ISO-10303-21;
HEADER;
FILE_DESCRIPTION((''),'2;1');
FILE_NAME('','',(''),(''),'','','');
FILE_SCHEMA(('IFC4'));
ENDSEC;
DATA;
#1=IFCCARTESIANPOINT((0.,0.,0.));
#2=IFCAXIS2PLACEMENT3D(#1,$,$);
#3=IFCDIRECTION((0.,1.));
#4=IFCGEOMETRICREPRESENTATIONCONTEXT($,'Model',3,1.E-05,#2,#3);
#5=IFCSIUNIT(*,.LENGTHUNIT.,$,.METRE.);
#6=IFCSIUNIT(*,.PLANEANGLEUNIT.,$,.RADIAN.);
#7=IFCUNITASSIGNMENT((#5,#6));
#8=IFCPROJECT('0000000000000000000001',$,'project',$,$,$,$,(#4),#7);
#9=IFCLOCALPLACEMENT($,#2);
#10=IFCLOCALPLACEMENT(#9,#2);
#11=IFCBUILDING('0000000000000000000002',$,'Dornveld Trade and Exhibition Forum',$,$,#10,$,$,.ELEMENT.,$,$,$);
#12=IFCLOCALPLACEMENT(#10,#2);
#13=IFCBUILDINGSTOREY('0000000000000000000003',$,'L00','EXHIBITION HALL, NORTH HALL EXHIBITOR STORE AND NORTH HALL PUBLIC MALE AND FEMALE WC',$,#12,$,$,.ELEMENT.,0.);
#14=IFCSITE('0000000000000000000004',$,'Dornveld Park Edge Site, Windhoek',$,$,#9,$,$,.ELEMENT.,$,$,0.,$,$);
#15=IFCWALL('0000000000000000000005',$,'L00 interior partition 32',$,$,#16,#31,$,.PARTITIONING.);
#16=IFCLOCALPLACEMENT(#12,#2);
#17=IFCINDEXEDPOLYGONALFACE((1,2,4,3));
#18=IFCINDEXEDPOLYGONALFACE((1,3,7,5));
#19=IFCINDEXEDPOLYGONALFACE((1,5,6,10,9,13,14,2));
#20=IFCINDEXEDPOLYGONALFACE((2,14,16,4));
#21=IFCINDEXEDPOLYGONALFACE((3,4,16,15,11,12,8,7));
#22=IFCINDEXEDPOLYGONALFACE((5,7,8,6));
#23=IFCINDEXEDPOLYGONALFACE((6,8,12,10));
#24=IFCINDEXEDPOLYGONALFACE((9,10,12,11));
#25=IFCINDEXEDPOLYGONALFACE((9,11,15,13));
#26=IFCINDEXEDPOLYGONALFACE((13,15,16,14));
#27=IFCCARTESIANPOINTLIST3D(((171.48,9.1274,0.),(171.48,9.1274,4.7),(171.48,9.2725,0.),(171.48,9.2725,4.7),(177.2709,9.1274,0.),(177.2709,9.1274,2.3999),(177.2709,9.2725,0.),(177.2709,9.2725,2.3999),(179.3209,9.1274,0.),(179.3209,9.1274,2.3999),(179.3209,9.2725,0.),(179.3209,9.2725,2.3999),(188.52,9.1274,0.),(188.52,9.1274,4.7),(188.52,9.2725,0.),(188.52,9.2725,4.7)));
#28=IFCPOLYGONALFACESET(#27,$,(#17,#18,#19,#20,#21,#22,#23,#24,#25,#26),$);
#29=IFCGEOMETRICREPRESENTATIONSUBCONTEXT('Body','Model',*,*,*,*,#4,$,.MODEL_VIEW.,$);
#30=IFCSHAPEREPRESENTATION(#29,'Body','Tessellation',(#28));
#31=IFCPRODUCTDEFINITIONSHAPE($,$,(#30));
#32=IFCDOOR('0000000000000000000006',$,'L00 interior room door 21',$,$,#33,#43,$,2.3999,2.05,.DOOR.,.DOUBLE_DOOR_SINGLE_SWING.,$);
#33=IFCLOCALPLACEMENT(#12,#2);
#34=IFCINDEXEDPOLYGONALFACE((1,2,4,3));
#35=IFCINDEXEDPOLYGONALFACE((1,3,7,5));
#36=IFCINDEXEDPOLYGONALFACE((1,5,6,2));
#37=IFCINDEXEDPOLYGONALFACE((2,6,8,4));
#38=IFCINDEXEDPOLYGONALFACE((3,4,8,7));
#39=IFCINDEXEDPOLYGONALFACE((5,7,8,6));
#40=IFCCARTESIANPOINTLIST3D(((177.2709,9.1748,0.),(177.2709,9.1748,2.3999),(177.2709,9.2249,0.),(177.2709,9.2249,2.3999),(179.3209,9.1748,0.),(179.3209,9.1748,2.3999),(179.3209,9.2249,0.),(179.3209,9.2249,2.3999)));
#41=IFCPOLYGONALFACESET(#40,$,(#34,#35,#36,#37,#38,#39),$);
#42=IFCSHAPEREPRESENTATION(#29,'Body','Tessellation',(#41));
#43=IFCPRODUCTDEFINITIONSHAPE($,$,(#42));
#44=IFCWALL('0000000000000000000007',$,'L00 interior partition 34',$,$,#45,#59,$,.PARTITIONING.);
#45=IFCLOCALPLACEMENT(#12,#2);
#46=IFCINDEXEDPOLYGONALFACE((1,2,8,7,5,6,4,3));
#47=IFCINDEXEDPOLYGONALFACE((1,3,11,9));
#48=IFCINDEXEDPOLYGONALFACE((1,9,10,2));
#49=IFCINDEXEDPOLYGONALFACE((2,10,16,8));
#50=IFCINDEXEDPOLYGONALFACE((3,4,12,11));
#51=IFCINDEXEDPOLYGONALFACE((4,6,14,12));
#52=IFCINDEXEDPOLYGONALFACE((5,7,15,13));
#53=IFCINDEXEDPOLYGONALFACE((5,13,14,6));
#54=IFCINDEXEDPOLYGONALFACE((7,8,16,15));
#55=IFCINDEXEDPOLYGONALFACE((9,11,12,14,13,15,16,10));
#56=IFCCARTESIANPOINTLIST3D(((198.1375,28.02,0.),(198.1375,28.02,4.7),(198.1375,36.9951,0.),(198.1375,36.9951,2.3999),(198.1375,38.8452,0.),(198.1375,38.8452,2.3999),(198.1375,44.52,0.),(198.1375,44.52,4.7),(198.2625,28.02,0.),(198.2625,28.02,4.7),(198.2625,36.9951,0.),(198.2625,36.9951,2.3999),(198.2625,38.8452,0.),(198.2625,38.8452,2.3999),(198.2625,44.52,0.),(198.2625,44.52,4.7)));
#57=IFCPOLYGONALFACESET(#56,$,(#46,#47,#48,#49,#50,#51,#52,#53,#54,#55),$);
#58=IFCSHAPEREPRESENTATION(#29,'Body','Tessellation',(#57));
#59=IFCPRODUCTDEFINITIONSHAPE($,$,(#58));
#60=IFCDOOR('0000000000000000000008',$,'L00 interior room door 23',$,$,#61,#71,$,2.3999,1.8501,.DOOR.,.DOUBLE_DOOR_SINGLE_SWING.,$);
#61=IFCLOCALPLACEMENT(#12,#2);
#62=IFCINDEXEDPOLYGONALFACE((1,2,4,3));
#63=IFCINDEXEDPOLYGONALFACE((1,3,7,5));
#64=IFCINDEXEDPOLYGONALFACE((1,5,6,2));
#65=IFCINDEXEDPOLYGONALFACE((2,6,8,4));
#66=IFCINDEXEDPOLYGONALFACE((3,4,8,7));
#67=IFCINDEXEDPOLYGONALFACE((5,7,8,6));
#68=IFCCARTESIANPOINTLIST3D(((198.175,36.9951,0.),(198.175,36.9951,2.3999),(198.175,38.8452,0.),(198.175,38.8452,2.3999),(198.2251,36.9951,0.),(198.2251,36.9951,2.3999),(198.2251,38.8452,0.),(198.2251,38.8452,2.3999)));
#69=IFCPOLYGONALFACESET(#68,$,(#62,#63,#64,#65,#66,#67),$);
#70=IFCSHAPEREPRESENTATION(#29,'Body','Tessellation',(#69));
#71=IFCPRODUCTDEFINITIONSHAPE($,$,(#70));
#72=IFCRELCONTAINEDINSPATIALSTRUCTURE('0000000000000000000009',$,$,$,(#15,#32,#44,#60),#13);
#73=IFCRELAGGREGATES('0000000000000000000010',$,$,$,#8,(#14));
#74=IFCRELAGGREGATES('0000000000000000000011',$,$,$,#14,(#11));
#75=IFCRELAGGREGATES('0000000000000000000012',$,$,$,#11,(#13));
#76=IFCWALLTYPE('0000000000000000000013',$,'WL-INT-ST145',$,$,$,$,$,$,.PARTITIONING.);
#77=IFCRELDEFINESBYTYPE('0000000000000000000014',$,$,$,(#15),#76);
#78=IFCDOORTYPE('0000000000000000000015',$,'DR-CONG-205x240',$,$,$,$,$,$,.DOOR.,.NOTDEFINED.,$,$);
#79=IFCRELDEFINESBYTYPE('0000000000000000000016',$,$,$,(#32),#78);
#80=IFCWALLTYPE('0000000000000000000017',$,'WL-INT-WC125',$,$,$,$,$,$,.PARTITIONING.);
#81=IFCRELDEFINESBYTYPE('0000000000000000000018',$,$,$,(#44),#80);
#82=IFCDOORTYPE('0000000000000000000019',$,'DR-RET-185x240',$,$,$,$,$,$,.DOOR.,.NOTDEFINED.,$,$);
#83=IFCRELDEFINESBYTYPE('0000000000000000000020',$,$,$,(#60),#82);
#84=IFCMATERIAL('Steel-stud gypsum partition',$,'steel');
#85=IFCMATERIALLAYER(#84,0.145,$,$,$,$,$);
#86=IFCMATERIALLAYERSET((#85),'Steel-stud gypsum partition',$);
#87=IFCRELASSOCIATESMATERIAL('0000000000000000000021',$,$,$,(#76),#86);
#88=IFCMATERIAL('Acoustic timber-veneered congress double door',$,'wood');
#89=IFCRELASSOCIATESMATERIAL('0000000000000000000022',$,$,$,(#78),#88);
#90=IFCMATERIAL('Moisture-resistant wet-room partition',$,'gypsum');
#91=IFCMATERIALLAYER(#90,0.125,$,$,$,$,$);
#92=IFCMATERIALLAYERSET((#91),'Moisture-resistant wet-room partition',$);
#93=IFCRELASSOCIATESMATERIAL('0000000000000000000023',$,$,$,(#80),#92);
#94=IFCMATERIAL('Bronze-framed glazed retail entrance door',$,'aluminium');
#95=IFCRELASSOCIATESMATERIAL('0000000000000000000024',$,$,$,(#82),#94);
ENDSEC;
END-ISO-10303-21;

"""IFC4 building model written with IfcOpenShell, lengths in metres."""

from ifc_helpers import new_model, si_unit, direction, frame, frame_2d, origin, place, context, subcontext, project, spatial, rectangle, extrude, material, layer, layer_set, type_object, element, fill, save


model = new_model("IFC4")

# Units and contexts
model_context = context("Model", 3, precision=1e-05, world=origin(), true_north=direction((0.0, 1.0)))
body_context = subcontext(model_context, "Body", "Model", "MODEL_VIEW")
ifc_project = project(units=[si_unit("LENGTHUNIT", "METRE"), si_unit("PLANEANGLEUNIT", "RADIAN")], contexts=[model_context])

# Site, building, storey
site_placement = place(None, origin())
site = spatial("IfcSite", under=ifc_project, at=site_placement, Name="Dornveld Park Edge Site, Windhoek", CompositionType="ELEMENT", RefElevation=0.0)
building_placement = place(site_placement, origin())
building = spatial("IfcBuilding", under=site, at=building_placement, Name="Dornveld Trade and Exhibition Forum", CompositionType="ELEMENT")
storey_placement = place(building_placement, origin())
storey = spatial("IfcBuildingStorey", under=building, at=storey_placement, Name="L00", Description="EXHIBITION HALL, NORTH HALL EXHIBITOR STORE AND NORTH HALL PUBLIC MALE AND FEMALE WC", CompositionType="ELEMENT", Elevation=0.0)

# Walls, openings, doors
ifc_material_1 = material(Name="Steel-stud gypsum partition", Category="steel")
ifc_layer_1 = layer(ifc_material_1, 0.145)
ifc_layer_set_1 = layer_set([ifc_layer_1], Name="Steel-stud gypsum partition")
wall_type_1 = type_object("IfcWallType", Name="WL-INT-ST145", PredefinedType="PARTITIONING", material=ifc_layer_set_1)
wall_1_placement = place(storey_placement, frame((171.48, 9.2, 0.0), z_axis=(0.0, 0.0, 1.0), x_axis=(1.0, 0.0, 0.0)))
wall_1 = element("IfcWall", 1, at=wall_1_placement, inside=storey, type_object=wall_type_1, Name="L00 interior partition 32", PredefinedType="PARTITIONING", context=body_context, shape_type="SweptSolid", body=[
    extrude(rectangle(XDim=17.04, YDim=0.145, at=frame_2d((8.52, 0.0))), origin(), (0.0, 0.0, 1.0), 4.7),
])
opening_1_placement = place(wall_1_placement, frame((5.791, 0.0, 0.0)))
opening_1 = element("IfcOpeningElement", 2, at=opening_1_placement, cuts=wall_1, PredefinedType="OPENING", context=body_context, shape_type="SweptSolid", body=[
    extrude(rectangle(XDim=2.05, YDim=2.3999, at=frame_2d((1.0249, 1.2))), frame((0.0, 0.0825, 0.0), z_axis=(0.0, -1.0, 0.0), x_axis=(1.0, 0.0, 0.0)), (0.0, 0.0, 1.0), 0.165),
])
ifc_material_2 = material(Name="Acoustic timber-veneered congress double door", Category="wood")
door_type_1 = type_object("IfcDoorType", Name="DR-CONG-205x240", OperationType="NOTDEFINED", PredefinedType="DOOR", material=ifc_material_2)
door_1_placement = place(opening_1_placement, origin())
door_1 = element("IfcDoor", 3, at=door_1_placement, inside=storey, type_object=door_type_1, Name="L00 interior room door 21", OperationType="DOUBLE_DOOR_SINGLE_SWING", OverallHeight=2.3999, OverallWidth=2.05, PredefinedType="DOOR", context=body_context, shape_type="SweptSolid", body=[
    extrude(rectangle(XDim=2.05, YDim=2.3999, at=frame_2d((1.0249, 1.2))), frame((0.0, 0.0249, 0.0), z_axis=(0.0, -1.0, 0.0), x_axis=(1.0, 0.0, 0.0)), (0.0, 0.0, 1.0), 0.05),
])
fill(opening_1, door_1)
ifc_material_3 = material(Name="Moisture-resistant wet-room partition", Category="gypsum")
ifc_layer_2 = layer(ifc_material_3, 0.125)
ifc_layer_set_2 = layer_set([ifc_layer_2], Name="Moisture-resistant wet-room partition")
wall_type_2 = type_object("IfcWallType", Name="WL-INT-WC125", PredefinedType="PARTITIONING", material=ifc_layer_set_2)
wall_2_placement = place(storey_placement, frame((198.2, 28.02, 0.0), z_axis=(0.0, 0.0, 1.0), x_axis=(0.0, 1.0, 0.0)))
wall_2 = element("IfcWall", 4, at=wall_2_placement, inside=storey, type_object=wall_type_2, Name="L00 interior partition 34", PredefinedType="PARTITIONING", context=body_context, shape_type="SweptSolid", body=[
    extrude(rectangle(XDim=16.5, YDim=0.125, at=frame_2d((8.25, 0.0))), origin(), (0.0, 0.0, 1.0), 4.7),
])
opening_2_placement = place(wall_2_placement, frame((8.9751, 0.0, 0.0)))
opening_2 = element("IfcOpeningElement", 5, at=opening_2_placement, cuts=wall_2, PredefinedType="OPENING", context=body_context, shape_type="SweptSolid", body=[
    extrude(rectangle(XDim=1.8501, YDim=2.3999, at=frame_2d((0.925, 1.2))), frame((0.0, 0.0725, 0.0), z_axis=(0.0, -1.0, 0.0), x_axis=(1.0, 0.0, 0.0)), (0.0, 0.0, 1.0), 0.145),
])
ifc_material_4 = material(Name="Bronze-framed glazed retail entrance door", Category="aluminium")
door_type_2 = type_object("IfcDoorType", Name="DR-RET-185x240", OperationType="NOTDEFINED", PredefinedType="DOOR", material=ifc_material_4)
door_2_placement = place(opening_2_placement, origin())
door_2 = element("IfcDoor", 6, at=door_2_placement, inside=storey, type_object=door_type_2, Name="L00 interior room door 23", OperationType="DOUBLE_DOOR_SINGLE_SWING", OverallHeight=2.3999, OverallWidth=1.8501, PredefinedType="DOOR", context=body_context, shape_type="SweptSolid", body=[
    extrude(rectangle(XDim=1.8501, YDim=2.3999, at=frame_2d((0.925, 1.2))), frame((0.0, 0.0249, 0.0), z_axis=(0.0, -1.0, 0.0), x_axis=(1.0, 0.0, 0.0)), (0.0, 0.0, 1.0), 0.05),
])
fill(opening_2, door_2)

save(model, "model.ifc")
